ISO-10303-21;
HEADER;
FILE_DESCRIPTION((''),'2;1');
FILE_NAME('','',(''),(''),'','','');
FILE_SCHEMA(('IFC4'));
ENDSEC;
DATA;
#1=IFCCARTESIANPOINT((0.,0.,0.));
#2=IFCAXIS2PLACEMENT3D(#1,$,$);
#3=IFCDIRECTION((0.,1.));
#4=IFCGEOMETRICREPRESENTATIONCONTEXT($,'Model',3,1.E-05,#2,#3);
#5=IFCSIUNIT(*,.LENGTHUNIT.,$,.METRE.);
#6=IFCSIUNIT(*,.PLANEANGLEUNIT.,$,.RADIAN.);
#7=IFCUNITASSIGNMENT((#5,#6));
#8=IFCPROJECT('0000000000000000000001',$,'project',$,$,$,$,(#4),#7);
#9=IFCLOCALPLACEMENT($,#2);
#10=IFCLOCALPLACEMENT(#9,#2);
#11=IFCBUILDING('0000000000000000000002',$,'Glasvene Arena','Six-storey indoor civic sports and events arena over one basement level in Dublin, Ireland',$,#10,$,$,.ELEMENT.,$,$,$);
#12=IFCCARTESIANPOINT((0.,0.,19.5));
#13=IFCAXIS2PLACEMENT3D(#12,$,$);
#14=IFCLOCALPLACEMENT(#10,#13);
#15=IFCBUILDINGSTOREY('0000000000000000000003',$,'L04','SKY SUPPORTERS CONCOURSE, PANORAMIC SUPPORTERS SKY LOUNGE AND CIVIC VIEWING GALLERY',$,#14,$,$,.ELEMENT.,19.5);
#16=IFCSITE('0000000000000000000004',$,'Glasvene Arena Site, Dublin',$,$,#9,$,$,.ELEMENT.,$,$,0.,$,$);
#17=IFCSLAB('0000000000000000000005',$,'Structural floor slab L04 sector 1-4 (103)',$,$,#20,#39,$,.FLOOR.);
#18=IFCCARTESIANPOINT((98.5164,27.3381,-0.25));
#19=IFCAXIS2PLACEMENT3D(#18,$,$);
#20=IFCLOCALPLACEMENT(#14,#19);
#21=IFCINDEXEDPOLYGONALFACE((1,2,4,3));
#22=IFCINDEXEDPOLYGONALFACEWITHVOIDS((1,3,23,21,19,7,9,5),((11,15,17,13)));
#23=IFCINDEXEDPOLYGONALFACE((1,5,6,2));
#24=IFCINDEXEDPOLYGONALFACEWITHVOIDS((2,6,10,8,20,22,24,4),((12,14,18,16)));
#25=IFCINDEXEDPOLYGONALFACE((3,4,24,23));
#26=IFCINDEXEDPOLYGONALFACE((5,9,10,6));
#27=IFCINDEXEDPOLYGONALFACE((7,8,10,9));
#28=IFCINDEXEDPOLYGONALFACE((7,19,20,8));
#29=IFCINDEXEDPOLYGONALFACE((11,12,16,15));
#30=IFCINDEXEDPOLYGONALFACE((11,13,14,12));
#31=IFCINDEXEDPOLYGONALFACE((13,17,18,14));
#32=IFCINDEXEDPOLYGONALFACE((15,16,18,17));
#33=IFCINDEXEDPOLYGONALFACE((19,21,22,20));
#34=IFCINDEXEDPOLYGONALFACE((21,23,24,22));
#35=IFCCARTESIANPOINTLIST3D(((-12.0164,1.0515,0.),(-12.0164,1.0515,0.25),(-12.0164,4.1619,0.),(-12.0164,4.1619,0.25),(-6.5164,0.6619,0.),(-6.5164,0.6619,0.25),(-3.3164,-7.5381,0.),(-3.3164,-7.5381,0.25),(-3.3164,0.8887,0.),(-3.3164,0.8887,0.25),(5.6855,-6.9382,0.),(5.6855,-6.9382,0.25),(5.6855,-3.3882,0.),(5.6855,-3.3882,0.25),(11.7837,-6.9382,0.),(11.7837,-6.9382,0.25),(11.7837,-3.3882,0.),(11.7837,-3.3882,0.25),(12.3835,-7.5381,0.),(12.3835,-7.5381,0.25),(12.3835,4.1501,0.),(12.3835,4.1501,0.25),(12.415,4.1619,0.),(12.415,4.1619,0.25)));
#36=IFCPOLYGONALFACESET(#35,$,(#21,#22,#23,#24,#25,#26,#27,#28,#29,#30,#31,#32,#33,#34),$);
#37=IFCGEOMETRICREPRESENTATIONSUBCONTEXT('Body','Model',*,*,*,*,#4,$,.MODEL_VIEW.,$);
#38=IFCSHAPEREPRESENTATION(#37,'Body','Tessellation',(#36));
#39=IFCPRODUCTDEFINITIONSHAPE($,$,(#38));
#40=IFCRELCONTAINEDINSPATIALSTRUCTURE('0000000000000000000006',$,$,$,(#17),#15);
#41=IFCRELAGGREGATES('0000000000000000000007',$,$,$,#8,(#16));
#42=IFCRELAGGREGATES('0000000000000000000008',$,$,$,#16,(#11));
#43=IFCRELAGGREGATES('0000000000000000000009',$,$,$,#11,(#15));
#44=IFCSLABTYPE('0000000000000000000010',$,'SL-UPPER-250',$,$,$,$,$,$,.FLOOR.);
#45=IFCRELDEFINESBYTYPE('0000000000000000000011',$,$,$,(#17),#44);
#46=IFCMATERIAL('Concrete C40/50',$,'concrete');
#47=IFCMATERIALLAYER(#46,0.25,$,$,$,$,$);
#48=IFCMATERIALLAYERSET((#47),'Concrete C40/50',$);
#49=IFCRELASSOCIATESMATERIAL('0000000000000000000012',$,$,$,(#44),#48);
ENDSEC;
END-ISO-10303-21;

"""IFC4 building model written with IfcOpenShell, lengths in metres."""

from ifc_helpers import new_model, si_unit, direction, frame, origin, place, context, subcontext, project, spatial, polyline, outline, extrude, material, layer, layer_set, type_object, element, save


model = new_model("IFC4")

# Units and contexts
model_context = context("Model", 3, precision=1e-05, world=origin(), true_north=direction((0.0, 1.0)))
body_context = subcontext(model_context, "Body", "Model", "MODEL_VIEW")
ifc_project = project(units=[si_unit("LENGTHUNIT", "METRE"), si_unit("PLANEANGLEUNIT", "RADIAN")], contexts=[model_context])

# Site, building, storey
site_placement = place(None, origin())
site = spatial("IfcSite", under=ifc_project, at=site_placement, Name="Glasvene Arena Site, Dublin", CompositionType="ELEMENT", RefElevation=0.0)
building_placement = place(site_placement, origin())
building = spatial("IfcBuilding", under=site, at=building_placement, Name="Glasvene Arena", Description="Six-storey indoor civic sports and events arena over one basement level in Dublin, Ireland", CompositionType="ELEMENT")
storey_placement = place(building_placement, frame((0.0, 0.0, 19.5)))
storey = spatial("IfcBuildingStorey", under=building, at=storey_placement, Name="L04", Description="SKY SUPPORTERS CONCOURSE, PANORAMIC SUPPORTERS SKY LOUNGE AND CIVIC VIEWING GALLERY", CompositionType="ELEMENT", Elevation=19.5)

# Slab
ifc_material_1 = material(Name="Concrete C40/50", Category="concrete")
ifc_layer_1 = layer(ifc_material_1, 0.25)
ifc_layer_set_1 = layer_set([ifc_layer_1], Name="Concrete C40/50")
slab_type = type_object("IfcSlabType", Name="SL-UPPER-250", PredefinedType="FLOOR", material=ifc_layer_set_1)
slab_placement = place(storey_placement, frame((98.5164, 27.3381, -0.25)))
element("IfcSlab", 1, at=slab_placement, inside=storey, type_object=slab_type, Name="Structural floor slab L04 sector 1-4 (103)", PredefinedType="FLOOR", context=body_context, shape_type="SweptSolid", body=[
    extrude(outline(polyline([(12.3835, -7.5381), (-3.3164, -7.5381), (-3.3164, 0.8887), (-6.5164, 0.6619), (-12.0164, 1.0515), (-12.0164, 4.1619), (12.415, 4.1619), (12.3835, 4.1501), (12.3835, -7.5381)]), holes=[polyline([(11.7837, -3.3882), (5.6855, -3.3882), (5.6855, -6.9382), (11.7837, -6.9382), (11.7837, -3.3882)])]), origin(), (0.0, 0.0, 1.0), 0.25),
])

save(model, "model.ifc")
